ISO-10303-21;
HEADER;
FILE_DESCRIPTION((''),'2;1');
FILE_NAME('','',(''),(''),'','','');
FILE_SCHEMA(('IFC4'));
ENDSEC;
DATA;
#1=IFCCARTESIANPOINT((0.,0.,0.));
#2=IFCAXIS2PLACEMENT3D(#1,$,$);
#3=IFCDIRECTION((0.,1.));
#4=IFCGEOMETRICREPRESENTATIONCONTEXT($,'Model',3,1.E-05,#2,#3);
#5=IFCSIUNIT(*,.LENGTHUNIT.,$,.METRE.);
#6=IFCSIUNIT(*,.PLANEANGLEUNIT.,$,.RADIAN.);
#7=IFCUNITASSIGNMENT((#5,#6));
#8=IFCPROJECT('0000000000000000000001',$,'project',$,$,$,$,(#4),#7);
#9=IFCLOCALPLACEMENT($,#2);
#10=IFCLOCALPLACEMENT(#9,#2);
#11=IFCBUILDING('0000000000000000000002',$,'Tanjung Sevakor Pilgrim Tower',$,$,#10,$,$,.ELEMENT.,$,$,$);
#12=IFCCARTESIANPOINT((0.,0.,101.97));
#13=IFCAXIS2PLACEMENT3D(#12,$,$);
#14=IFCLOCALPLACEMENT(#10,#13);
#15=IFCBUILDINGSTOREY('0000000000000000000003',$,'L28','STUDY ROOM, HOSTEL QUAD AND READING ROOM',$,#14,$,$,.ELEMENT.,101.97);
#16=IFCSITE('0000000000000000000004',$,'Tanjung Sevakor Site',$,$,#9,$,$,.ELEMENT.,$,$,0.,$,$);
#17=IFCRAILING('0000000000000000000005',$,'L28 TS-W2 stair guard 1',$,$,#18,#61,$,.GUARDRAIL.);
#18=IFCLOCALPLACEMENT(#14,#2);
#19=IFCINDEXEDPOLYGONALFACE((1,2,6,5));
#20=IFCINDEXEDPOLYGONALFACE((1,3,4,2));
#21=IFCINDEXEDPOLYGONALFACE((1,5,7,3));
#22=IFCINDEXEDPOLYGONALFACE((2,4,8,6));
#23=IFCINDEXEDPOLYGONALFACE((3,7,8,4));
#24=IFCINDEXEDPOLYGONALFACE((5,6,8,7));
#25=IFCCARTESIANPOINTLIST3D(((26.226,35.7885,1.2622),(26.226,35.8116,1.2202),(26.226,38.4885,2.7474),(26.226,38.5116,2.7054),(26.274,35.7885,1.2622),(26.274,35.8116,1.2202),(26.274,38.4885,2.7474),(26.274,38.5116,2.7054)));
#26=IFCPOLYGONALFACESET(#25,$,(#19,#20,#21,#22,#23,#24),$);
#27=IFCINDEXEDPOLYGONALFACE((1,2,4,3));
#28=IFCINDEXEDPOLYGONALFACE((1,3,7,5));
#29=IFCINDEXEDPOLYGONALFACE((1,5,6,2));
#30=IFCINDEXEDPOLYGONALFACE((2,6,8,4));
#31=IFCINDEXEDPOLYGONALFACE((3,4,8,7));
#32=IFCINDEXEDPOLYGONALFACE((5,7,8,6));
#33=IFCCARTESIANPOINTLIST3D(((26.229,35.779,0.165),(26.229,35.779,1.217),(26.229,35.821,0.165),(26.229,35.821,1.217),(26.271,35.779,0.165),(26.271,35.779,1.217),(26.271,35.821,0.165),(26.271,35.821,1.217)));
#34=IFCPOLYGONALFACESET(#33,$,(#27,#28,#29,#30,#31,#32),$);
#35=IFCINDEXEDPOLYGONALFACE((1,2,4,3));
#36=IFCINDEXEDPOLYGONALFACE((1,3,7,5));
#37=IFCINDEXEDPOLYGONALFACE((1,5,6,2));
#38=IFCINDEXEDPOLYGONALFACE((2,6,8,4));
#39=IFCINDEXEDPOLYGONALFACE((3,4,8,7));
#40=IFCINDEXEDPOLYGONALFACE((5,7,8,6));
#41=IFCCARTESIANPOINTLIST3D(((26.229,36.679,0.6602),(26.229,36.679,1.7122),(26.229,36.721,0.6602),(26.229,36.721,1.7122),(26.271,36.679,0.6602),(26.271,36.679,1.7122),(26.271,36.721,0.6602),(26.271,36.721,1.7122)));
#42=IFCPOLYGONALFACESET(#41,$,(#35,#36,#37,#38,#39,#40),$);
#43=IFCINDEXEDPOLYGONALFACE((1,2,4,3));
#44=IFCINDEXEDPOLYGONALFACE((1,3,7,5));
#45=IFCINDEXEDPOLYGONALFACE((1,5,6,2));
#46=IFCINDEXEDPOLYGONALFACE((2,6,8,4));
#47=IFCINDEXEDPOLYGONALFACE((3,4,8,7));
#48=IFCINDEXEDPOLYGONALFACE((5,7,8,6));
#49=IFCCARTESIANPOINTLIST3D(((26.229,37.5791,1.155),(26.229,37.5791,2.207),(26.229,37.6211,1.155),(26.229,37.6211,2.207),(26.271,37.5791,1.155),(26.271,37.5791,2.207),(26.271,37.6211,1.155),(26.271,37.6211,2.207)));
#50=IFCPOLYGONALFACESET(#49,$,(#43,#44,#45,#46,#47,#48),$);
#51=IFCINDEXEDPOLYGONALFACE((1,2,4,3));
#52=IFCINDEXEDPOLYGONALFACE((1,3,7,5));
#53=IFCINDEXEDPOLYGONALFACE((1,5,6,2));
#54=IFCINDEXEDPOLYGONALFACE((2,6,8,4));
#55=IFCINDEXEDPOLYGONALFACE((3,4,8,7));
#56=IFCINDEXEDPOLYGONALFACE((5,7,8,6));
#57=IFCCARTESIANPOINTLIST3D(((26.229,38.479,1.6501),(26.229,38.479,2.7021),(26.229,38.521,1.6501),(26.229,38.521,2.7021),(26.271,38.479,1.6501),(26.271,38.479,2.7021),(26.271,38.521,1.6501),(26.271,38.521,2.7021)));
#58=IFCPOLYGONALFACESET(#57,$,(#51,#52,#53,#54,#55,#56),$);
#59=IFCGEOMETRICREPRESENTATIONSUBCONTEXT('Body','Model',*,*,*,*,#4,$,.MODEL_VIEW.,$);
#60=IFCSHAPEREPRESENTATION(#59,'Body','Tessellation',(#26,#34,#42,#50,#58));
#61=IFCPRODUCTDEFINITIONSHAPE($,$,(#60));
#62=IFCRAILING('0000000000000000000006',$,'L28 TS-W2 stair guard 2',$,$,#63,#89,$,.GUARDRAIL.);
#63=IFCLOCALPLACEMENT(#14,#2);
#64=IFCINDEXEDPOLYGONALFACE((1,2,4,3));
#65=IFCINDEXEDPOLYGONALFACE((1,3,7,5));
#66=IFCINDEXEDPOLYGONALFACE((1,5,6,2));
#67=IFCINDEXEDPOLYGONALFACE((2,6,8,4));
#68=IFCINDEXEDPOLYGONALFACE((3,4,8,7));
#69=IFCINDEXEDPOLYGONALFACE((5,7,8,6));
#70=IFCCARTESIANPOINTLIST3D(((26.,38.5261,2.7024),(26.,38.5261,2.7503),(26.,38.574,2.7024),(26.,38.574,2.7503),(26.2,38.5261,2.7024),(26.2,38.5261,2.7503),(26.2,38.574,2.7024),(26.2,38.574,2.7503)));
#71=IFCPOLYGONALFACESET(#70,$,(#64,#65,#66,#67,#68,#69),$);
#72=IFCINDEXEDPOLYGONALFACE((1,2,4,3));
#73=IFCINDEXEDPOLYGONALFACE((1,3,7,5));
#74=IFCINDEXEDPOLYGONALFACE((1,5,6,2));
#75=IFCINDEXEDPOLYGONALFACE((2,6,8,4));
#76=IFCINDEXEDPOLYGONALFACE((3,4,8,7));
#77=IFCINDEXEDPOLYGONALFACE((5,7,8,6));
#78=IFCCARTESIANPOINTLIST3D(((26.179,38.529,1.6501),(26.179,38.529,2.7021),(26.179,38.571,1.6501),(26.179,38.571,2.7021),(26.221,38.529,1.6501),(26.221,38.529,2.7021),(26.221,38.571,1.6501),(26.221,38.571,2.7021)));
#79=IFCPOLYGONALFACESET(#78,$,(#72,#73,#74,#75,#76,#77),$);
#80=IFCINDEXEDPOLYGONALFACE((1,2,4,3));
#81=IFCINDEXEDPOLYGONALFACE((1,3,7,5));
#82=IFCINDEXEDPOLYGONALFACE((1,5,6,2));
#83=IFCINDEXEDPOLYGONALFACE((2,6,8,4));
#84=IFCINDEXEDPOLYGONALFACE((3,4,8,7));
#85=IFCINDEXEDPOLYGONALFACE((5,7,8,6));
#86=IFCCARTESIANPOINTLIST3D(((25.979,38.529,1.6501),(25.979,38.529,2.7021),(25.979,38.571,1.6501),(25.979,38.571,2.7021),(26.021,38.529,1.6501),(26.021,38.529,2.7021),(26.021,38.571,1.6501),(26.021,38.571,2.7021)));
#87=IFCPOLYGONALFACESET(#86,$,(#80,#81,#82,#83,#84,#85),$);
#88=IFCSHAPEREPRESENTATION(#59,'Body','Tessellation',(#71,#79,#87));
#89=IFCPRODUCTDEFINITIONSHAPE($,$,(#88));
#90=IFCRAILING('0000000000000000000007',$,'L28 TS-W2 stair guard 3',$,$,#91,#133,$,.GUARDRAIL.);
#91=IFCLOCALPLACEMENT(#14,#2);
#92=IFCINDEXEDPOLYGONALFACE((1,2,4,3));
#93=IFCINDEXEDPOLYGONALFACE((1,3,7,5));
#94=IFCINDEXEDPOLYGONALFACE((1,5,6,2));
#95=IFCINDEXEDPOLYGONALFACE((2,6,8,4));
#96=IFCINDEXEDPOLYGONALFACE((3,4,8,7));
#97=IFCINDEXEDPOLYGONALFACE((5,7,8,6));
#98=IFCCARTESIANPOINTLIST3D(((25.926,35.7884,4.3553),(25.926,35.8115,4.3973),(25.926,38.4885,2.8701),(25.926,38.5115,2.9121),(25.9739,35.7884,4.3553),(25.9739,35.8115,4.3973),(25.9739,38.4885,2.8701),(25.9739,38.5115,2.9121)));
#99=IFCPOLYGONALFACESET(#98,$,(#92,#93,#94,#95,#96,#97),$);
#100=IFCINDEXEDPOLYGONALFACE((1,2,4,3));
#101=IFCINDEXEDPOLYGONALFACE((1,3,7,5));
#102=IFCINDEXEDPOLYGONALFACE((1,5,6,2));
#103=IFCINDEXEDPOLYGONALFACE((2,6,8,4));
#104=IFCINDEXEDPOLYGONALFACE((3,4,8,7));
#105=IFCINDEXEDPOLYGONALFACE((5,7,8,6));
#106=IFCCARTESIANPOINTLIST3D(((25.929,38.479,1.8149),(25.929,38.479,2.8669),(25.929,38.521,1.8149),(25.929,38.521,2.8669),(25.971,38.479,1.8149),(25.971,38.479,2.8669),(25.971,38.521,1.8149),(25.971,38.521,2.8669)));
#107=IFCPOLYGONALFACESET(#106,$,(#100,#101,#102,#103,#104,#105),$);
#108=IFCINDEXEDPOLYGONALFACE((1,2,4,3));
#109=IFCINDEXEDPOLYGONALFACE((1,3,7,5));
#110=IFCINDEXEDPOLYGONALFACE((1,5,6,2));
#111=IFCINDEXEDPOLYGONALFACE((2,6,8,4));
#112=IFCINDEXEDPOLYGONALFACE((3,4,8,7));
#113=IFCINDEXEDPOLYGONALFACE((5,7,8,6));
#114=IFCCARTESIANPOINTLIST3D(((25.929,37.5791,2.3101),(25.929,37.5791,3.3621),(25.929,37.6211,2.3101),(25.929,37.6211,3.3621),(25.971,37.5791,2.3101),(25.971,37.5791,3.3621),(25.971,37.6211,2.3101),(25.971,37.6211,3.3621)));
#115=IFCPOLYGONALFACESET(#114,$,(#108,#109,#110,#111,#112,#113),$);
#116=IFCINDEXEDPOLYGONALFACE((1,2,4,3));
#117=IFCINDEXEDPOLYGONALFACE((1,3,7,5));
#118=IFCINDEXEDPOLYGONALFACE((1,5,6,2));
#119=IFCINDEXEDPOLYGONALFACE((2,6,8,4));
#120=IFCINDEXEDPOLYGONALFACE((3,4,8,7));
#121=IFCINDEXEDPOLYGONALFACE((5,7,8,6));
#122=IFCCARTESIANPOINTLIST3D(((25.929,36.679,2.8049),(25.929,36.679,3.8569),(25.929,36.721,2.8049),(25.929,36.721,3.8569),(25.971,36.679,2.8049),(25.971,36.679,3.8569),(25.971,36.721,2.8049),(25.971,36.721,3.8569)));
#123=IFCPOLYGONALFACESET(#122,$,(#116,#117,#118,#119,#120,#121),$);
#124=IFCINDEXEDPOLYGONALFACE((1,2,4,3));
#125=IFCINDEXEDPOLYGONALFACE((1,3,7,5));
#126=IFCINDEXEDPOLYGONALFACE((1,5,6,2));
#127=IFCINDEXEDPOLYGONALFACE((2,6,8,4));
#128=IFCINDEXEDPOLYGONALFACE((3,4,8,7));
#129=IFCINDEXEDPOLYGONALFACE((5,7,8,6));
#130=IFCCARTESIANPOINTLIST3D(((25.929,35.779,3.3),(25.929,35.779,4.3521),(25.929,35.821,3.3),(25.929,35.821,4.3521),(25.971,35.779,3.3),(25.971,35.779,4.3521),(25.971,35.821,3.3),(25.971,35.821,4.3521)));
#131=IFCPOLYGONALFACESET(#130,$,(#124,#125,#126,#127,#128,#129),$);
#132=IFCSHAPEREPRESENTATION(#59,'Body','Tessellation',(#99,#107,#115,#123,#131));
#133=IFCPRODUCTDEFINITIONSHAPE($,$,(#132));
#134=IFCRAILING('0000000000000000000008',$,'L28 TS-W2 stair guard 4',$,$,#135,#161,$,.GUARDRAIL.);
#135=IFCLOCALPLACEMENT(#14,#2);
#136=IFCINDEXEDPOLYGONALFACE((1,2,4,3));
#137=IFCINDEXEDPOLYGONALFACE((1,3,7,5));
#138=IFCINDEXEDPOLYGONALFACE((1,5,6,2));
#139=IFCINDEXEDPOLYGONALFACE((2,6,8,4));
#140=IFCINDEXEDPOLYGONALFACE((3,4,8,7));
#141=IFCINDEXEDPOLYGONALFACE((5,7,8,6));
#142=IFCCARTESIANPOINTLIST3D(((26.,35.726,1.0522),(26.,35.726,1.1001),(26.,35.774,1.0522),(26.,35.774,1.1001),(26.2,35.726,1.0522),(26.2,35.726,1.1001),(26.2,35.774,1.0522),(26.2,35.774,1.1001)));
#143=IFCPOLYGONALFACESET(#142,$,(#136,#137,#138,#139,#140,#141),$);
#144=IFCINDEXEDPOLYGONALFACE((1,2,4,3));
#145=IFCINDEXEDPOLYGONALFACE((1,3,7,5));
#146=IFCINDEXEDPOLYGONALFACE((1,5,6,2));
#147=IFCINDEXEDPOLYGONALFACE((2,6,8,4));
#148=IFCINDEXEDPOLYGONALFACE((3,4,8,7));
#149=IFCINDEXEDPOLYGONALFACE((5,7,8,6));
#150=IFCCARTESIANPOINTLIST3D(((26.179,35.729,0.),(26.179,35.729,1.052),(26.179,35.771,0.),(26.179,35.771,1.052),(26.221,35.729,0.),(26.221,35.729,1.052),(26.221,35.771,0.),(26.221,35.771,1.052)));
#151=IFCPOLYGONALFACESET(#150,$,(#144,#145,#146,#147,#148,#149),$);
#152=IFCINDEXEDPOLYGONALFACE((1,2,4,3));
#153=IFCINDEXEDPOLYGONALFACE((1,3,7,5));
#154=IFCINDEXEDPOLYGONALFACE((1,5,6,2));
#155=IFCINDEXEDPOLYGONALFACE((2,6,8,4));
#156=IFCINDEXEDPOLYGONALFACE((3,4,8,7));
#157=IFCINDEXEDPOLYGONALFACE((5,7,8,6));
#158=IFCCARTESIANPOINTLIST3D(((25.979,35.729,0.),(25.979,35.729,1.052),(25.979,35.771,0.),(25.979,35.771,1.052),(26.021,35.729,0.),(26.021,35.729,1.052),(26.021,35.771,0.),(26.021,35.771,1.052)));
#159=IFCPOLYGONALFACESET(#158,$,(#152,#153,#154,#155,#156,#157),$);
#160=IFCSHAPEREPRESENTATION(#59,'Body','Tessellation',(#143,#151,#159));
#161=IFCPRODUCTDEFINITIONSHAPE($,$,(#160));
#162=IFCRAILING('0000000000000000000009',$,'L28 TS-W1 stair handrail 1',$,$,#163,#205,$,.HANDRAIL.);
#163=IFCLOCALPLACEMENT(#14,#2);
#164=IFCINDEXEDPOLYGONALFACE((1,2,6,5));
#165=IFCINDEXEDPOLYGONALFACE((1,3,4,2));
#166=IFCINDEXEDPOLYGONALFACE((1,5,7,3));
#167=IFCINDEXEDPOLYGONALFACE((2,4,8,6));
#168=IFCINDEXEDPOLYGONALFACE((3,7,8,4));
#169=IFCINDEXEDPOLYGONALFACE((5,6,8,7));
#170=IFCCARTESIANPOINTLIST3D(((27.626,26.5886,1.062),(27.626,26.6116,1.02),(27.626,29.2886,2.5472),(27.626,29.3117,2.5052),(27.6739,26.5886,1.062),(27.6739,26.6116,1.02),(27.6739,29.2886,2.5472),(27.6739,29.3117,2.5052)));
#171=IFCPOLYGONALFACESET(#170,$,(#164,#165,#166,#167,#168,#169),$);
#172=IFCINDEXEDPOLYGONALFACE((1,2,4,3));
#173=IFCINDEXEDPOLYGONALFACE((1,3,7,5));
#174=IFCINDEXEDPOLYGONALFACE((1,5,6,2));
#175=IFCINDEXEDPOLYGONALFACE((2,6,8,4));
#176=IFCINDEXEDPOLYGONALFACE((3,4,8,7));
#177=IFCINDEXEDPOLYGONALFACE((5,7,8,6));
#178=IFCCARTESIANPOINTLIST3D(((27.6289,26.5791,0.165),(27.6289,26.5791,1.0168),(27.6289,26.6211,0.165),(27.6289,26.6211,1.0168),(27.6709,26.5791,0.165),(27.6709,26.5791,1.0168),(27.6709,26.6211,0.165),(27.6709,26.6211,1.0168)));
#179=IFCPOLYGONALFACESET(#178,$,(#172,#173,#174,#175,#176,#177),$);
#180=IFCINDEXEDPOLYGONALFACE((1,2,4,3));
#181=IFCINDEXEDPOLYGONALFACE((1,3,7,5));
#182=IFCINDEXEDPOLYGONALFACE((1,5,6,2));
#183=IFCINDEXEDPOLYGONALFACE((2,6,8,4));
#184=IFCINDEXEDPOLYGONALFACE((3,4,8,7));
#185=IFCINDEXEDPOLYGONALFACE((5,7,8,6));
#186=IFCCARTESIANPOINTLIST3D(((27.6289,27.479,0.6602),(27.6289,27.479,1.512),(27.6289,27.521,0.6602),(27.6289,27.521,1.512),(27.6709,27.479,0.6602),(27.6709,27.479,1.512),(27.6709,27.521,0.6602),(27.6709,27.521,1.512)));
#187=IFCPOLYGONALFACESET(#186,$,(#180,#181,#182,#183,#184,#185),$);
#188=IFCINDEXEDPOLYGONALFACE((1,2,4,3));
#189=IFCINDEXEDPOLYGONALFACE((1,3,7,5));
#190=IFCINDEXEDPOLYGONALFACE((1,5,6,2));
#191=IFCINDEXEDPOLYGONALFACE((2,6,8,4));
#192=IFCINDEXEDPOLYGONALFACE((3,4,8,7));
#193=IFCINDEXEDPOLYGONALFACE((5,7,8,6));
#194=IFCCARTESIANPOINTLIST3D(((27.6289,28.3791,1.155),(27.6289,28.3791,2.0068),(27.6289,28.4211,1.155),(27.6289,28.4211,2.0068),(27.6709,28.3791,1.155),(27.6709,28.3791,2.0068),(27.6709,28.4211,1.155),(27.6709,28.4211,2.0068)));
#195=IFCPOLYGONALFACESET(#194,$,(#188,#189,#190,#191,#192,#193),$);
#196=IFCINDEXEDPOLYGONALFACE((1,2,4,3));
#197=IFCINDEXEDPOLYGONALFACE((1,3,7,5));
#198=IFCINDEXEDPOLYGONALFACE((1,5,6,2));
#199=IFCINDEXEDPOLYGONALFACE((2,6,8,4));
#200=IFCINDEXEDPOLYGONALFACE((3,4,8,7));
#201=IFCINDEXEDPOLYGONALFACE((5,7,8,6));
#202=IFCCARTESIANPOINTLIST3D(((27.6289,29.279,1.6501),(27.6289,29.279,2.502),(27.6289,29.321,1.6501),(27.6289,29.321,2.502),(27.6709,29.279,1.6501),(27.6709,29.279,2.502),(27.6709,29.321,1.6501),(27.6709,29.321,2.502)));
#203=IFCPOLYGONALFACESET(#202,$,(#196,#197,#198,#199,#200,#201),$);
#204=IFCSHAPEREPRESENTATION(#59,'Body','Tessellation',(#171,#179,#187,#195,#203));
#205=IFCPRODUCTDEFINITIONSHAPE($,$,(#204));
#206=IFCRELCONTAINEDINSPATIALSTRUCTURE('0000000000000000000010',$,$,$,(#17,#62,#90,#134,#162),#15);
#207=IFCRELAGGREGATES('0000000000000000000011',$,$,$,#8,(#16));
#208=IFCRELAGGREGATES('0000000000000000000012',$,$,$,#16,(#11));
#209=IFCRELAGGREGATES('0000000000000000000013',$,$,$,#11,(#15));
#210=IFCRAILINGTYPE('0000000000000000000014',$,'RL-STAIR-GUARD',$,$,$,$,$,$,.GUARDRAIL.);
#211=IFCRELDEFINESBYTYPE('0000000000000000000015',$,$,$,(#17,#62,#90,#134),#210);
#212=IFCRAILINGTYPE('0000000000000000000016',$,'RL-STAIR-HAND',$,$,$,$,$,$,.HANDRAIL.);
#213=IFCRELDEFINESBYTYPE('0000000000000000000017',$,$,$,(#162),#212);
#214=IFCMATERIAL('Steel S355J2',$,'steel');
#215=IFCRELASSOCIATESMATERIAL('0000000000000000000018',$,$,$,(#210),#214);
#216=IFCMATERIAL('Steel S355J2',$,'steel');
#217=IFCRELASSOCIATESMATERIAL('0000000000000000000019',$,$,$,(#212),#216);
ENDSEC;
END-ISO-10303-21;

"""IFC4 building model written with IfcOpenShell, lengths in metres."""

from ifc_helpers import new_model, si_unit, direction, frame, origin, place, context, subcontext, project, spatial, rectangle, extrude, material, type_object, element, save


model = new_model("IFC4")

# Units and contexts
model_context = context("Model", 3, precision=1e-05, world=origin(), true_north=direction((0.0, 1.0)))
body_context = subcontext(model_context, "Body", "Model", "MODEL_VIEW")
ifc_project = project(units=[si_unit("LENGTHUNIT", "METRE"), si_unit("PLANEANGLEUNIT", "RADIAN")], contexts=[model_context])

# Site, building, storey
site_placement = place(None, origin())
site = spatial("IfcSite", under=ifc_project, at=site_placement, Name="Tanjung Sevakor Site", CompositionType="ELEMENT", RefElevation=0.0)
building_placement = place(site_placement, origin())
building = spatial("IfcBuilding", under=site, at=building_placement, Name="Tanjung Sevakor Pilgrim Tower", CompositionType="ELEMENT")
storey_placement = place(building_placement, frame((0.0, 0.0, 101.97)))
storey = spatial("IfcBuildingStorey", under=building, at=storey_placement, Name="L28", Description="STUDY ROOM, HOSTEL QUAD AND READING ROOM", CompositionType="ELEMENT", Elevation=101.97)

# Railings
ifc_material_1 = material(Name="Steel S355J2", Category="steel")
railing_type_1 = type_object("IfcRailingType", Name="RL-STAIR-GUARD", PredefinedType="GUARDRAIL", material=ifc_material_1)
railing_1_placement = place(storey_placement, frame((26.25, 35.8, 0.165)))
element("IfcRailing", 1, at=railing_1_placement, inside=storey, type_object=railing_type_1, Name="L28 TS-W2 stair guard 1", PredefinedType="GUARDRAIL", context=body_context, shape_type="SweptSolid", body=[
    extrude(rectangle(XDim=0.0479, YDim=0.0479), frame((0.0, 0.0, 1.0762), z_axis=(0.0, 0.876198, 0.481952), x_axis=(-1.0, 0.0, 0.0)), (0.0, 0.0, 1.0), 3.0815),
    extrude(rectangle(XDim=0.042, YDim=0.042), origin(), (0.0, 0.0, 1.0), 1.052),
    extrude(rectangle(XDim=0.042, YDim=0.042), frame((0.0, 0.8999, 0.4951)), (0.0, 0.0, 1.0), 1.052),
    extrude(rectangle(XDim=0.042, YDim=0.042), frame((0.0, 1.8, 0.99)), (0.0, 0.0, 1.0), 1.052),
    extrude(rectangle(XDim=0.042, YDim=0.042), frame((0.0, 2.7, 1.4851)), (0.0, 0.0, 1.0), 1.052),
])
railing_2_placement = place(storey_placement, frame((26.2, 38.55, 1.6501)))
element("IfcRailing", 2, at=railing_2_placement, inside=storey, type_object=railing_type_1, Name="L28 TS-W2 stair guard 2", PredefinedType="GUARDRAIL", context=body_context, shape_type="SweptSolid", body=[
    extrude(rectangle(XDim=0.0479, YDim=0.0479), frame((0.0, 0.0, 1.0762), z_axis=(-1.0, 0.0, 0.0), x_axis=(0.0, -1.0, 0.0)), (0.0, 0.0, 1.0), 0.2),
    extrude(rectangle(XDim=0.042, YDim=0.042), origin(), (0.0, 0.0, 1.0), 1.052),
    extrude(rectangle(XDim=0.042, YDim=0.042), frame((-0.2, 0.0, 0.0)), (0.0, 0.0, 1.0), 1.052),
])
railing_3_placement = place(storey_placement, frame((25.95, 38.5, 1.8149)))
element("IfcRailing", 3, at=railing_3_placement, inside=storey, type_object=railing_type_1, Name="L28 TS-W2 stair guard 3", PredefinedType="GUARDRAIL", context=body_context, shape_type="SweptSolid", body=[
    extrude(rectangle(XDim=0.0479, YDim=0.0479), frame((0.0, 0.0, 1.0762), z_axis=(0.0, -0.876198, 0.481952), x_axis=(1.0, 0.0, 0.0)), (0.0, 0.0, 1.0), 3.0815),
    extrude(rectangle(XDim=0.042, YDim=0.042), origin(), (0.0, 0.0, 1.0), 1.052),
    extrude(rectangle(XDim=0.042, YDim=0.042), frame((0.0, -0.8999, 0.4951)), (0.0, 0.0, 1.0), 1.052),
    extrude(rectangle(XDim=0.042, YDim=0.042), frame((0.0, -1.8, 0.99)), (0.0, 0.0, 1.0), 1.052),
    extrude(rectangle(XDim=0.042, YDim=0.042), frame((0.0, -2.7, 1.4851)), (0.0, 0.0, 1.0), 1.052),
])
railing_4_placement = place(storey_placement, frame((26.2, 35.75, 0.0)))
element("IfcRailing", 4, at=railing_4_placement, inside=storey, type_object=railing_type_1, Name="L28 TS-W2 stair guard 4", PredefinedType="GUARDRAIL", context=body_context, shape_type="SweptSolid", body=[
    extrude(rectangle(XDim=0.0479, YDim=0.0479), frame((0.0, 0.0, 1.0762), z_axis=(-1.0, 0.0, 0.0), x_axis=(0.0, -1.0, 0.0)), (0.0, 0.0, 1.0), 0.2),
    extrude(rectangle(XDim=0.042, YDim=0.042), origin(), (0.0, 0.0, 1.0), 1.052),
    extrude(rectangle(XDim=0.042, YDim=0.042), frame((-0.2, 0.0, 0.0)), (0.0, 0.0, 1.0), 1.052),
])
ifc_material_2 = material(Name="Steel S355J2", Category="steel")
railing_type_2 = type_object("IfcRailingType", Name="RL-STAIR-HAND", PredefinedType="HANDRAIL", material=ifc_material_2)
railing_5_placement = place(storey_placement, frame((27.6499, 26.6001, 0.165)))
element("IfcRailing", 5, at=railing_5_placement, inside=storey, type_object=railing_type_2, Name="L28 TS-W1 stair handrail 1", PredefinedType="HANDRAIL", context=body_context, shape_type="SweptSolid", body=[
    extrude(rectangle(XDim=0.0479, YDim=0.0479), frame((0.0, 0.0, 0.876), z_axis=(0.0, 0.876198, 0.481952), x_axis=(-1.0, 0.0, 0.0)), (0.0, 0.0, 1.0), 3.0815),
    extrude(rectangle(XDim=0.042, YDim=0.042), origin(), (0.0, 0.0, 1.0), 0.8518),
    extrude(rectangle(XDim=0.042, YDim=0.042), frame((0.0, 0.8999, 0.4951)), (0.0, 0.0, 1.0), 0.8518),
    extrude(rectangle(XDim=0.042, YDim=0.042), frame((0.0, 1.8, 0.99)), (0.0, 0.0, 1.0), 0.8518),
    extrude(rectangle(XDim=0.042, YDim=0.042), frame((0.0, 2.7, 1.4851)), (0.0, 0.0, 1.0), 0.8518),
])

save(model, "model.ifc")
